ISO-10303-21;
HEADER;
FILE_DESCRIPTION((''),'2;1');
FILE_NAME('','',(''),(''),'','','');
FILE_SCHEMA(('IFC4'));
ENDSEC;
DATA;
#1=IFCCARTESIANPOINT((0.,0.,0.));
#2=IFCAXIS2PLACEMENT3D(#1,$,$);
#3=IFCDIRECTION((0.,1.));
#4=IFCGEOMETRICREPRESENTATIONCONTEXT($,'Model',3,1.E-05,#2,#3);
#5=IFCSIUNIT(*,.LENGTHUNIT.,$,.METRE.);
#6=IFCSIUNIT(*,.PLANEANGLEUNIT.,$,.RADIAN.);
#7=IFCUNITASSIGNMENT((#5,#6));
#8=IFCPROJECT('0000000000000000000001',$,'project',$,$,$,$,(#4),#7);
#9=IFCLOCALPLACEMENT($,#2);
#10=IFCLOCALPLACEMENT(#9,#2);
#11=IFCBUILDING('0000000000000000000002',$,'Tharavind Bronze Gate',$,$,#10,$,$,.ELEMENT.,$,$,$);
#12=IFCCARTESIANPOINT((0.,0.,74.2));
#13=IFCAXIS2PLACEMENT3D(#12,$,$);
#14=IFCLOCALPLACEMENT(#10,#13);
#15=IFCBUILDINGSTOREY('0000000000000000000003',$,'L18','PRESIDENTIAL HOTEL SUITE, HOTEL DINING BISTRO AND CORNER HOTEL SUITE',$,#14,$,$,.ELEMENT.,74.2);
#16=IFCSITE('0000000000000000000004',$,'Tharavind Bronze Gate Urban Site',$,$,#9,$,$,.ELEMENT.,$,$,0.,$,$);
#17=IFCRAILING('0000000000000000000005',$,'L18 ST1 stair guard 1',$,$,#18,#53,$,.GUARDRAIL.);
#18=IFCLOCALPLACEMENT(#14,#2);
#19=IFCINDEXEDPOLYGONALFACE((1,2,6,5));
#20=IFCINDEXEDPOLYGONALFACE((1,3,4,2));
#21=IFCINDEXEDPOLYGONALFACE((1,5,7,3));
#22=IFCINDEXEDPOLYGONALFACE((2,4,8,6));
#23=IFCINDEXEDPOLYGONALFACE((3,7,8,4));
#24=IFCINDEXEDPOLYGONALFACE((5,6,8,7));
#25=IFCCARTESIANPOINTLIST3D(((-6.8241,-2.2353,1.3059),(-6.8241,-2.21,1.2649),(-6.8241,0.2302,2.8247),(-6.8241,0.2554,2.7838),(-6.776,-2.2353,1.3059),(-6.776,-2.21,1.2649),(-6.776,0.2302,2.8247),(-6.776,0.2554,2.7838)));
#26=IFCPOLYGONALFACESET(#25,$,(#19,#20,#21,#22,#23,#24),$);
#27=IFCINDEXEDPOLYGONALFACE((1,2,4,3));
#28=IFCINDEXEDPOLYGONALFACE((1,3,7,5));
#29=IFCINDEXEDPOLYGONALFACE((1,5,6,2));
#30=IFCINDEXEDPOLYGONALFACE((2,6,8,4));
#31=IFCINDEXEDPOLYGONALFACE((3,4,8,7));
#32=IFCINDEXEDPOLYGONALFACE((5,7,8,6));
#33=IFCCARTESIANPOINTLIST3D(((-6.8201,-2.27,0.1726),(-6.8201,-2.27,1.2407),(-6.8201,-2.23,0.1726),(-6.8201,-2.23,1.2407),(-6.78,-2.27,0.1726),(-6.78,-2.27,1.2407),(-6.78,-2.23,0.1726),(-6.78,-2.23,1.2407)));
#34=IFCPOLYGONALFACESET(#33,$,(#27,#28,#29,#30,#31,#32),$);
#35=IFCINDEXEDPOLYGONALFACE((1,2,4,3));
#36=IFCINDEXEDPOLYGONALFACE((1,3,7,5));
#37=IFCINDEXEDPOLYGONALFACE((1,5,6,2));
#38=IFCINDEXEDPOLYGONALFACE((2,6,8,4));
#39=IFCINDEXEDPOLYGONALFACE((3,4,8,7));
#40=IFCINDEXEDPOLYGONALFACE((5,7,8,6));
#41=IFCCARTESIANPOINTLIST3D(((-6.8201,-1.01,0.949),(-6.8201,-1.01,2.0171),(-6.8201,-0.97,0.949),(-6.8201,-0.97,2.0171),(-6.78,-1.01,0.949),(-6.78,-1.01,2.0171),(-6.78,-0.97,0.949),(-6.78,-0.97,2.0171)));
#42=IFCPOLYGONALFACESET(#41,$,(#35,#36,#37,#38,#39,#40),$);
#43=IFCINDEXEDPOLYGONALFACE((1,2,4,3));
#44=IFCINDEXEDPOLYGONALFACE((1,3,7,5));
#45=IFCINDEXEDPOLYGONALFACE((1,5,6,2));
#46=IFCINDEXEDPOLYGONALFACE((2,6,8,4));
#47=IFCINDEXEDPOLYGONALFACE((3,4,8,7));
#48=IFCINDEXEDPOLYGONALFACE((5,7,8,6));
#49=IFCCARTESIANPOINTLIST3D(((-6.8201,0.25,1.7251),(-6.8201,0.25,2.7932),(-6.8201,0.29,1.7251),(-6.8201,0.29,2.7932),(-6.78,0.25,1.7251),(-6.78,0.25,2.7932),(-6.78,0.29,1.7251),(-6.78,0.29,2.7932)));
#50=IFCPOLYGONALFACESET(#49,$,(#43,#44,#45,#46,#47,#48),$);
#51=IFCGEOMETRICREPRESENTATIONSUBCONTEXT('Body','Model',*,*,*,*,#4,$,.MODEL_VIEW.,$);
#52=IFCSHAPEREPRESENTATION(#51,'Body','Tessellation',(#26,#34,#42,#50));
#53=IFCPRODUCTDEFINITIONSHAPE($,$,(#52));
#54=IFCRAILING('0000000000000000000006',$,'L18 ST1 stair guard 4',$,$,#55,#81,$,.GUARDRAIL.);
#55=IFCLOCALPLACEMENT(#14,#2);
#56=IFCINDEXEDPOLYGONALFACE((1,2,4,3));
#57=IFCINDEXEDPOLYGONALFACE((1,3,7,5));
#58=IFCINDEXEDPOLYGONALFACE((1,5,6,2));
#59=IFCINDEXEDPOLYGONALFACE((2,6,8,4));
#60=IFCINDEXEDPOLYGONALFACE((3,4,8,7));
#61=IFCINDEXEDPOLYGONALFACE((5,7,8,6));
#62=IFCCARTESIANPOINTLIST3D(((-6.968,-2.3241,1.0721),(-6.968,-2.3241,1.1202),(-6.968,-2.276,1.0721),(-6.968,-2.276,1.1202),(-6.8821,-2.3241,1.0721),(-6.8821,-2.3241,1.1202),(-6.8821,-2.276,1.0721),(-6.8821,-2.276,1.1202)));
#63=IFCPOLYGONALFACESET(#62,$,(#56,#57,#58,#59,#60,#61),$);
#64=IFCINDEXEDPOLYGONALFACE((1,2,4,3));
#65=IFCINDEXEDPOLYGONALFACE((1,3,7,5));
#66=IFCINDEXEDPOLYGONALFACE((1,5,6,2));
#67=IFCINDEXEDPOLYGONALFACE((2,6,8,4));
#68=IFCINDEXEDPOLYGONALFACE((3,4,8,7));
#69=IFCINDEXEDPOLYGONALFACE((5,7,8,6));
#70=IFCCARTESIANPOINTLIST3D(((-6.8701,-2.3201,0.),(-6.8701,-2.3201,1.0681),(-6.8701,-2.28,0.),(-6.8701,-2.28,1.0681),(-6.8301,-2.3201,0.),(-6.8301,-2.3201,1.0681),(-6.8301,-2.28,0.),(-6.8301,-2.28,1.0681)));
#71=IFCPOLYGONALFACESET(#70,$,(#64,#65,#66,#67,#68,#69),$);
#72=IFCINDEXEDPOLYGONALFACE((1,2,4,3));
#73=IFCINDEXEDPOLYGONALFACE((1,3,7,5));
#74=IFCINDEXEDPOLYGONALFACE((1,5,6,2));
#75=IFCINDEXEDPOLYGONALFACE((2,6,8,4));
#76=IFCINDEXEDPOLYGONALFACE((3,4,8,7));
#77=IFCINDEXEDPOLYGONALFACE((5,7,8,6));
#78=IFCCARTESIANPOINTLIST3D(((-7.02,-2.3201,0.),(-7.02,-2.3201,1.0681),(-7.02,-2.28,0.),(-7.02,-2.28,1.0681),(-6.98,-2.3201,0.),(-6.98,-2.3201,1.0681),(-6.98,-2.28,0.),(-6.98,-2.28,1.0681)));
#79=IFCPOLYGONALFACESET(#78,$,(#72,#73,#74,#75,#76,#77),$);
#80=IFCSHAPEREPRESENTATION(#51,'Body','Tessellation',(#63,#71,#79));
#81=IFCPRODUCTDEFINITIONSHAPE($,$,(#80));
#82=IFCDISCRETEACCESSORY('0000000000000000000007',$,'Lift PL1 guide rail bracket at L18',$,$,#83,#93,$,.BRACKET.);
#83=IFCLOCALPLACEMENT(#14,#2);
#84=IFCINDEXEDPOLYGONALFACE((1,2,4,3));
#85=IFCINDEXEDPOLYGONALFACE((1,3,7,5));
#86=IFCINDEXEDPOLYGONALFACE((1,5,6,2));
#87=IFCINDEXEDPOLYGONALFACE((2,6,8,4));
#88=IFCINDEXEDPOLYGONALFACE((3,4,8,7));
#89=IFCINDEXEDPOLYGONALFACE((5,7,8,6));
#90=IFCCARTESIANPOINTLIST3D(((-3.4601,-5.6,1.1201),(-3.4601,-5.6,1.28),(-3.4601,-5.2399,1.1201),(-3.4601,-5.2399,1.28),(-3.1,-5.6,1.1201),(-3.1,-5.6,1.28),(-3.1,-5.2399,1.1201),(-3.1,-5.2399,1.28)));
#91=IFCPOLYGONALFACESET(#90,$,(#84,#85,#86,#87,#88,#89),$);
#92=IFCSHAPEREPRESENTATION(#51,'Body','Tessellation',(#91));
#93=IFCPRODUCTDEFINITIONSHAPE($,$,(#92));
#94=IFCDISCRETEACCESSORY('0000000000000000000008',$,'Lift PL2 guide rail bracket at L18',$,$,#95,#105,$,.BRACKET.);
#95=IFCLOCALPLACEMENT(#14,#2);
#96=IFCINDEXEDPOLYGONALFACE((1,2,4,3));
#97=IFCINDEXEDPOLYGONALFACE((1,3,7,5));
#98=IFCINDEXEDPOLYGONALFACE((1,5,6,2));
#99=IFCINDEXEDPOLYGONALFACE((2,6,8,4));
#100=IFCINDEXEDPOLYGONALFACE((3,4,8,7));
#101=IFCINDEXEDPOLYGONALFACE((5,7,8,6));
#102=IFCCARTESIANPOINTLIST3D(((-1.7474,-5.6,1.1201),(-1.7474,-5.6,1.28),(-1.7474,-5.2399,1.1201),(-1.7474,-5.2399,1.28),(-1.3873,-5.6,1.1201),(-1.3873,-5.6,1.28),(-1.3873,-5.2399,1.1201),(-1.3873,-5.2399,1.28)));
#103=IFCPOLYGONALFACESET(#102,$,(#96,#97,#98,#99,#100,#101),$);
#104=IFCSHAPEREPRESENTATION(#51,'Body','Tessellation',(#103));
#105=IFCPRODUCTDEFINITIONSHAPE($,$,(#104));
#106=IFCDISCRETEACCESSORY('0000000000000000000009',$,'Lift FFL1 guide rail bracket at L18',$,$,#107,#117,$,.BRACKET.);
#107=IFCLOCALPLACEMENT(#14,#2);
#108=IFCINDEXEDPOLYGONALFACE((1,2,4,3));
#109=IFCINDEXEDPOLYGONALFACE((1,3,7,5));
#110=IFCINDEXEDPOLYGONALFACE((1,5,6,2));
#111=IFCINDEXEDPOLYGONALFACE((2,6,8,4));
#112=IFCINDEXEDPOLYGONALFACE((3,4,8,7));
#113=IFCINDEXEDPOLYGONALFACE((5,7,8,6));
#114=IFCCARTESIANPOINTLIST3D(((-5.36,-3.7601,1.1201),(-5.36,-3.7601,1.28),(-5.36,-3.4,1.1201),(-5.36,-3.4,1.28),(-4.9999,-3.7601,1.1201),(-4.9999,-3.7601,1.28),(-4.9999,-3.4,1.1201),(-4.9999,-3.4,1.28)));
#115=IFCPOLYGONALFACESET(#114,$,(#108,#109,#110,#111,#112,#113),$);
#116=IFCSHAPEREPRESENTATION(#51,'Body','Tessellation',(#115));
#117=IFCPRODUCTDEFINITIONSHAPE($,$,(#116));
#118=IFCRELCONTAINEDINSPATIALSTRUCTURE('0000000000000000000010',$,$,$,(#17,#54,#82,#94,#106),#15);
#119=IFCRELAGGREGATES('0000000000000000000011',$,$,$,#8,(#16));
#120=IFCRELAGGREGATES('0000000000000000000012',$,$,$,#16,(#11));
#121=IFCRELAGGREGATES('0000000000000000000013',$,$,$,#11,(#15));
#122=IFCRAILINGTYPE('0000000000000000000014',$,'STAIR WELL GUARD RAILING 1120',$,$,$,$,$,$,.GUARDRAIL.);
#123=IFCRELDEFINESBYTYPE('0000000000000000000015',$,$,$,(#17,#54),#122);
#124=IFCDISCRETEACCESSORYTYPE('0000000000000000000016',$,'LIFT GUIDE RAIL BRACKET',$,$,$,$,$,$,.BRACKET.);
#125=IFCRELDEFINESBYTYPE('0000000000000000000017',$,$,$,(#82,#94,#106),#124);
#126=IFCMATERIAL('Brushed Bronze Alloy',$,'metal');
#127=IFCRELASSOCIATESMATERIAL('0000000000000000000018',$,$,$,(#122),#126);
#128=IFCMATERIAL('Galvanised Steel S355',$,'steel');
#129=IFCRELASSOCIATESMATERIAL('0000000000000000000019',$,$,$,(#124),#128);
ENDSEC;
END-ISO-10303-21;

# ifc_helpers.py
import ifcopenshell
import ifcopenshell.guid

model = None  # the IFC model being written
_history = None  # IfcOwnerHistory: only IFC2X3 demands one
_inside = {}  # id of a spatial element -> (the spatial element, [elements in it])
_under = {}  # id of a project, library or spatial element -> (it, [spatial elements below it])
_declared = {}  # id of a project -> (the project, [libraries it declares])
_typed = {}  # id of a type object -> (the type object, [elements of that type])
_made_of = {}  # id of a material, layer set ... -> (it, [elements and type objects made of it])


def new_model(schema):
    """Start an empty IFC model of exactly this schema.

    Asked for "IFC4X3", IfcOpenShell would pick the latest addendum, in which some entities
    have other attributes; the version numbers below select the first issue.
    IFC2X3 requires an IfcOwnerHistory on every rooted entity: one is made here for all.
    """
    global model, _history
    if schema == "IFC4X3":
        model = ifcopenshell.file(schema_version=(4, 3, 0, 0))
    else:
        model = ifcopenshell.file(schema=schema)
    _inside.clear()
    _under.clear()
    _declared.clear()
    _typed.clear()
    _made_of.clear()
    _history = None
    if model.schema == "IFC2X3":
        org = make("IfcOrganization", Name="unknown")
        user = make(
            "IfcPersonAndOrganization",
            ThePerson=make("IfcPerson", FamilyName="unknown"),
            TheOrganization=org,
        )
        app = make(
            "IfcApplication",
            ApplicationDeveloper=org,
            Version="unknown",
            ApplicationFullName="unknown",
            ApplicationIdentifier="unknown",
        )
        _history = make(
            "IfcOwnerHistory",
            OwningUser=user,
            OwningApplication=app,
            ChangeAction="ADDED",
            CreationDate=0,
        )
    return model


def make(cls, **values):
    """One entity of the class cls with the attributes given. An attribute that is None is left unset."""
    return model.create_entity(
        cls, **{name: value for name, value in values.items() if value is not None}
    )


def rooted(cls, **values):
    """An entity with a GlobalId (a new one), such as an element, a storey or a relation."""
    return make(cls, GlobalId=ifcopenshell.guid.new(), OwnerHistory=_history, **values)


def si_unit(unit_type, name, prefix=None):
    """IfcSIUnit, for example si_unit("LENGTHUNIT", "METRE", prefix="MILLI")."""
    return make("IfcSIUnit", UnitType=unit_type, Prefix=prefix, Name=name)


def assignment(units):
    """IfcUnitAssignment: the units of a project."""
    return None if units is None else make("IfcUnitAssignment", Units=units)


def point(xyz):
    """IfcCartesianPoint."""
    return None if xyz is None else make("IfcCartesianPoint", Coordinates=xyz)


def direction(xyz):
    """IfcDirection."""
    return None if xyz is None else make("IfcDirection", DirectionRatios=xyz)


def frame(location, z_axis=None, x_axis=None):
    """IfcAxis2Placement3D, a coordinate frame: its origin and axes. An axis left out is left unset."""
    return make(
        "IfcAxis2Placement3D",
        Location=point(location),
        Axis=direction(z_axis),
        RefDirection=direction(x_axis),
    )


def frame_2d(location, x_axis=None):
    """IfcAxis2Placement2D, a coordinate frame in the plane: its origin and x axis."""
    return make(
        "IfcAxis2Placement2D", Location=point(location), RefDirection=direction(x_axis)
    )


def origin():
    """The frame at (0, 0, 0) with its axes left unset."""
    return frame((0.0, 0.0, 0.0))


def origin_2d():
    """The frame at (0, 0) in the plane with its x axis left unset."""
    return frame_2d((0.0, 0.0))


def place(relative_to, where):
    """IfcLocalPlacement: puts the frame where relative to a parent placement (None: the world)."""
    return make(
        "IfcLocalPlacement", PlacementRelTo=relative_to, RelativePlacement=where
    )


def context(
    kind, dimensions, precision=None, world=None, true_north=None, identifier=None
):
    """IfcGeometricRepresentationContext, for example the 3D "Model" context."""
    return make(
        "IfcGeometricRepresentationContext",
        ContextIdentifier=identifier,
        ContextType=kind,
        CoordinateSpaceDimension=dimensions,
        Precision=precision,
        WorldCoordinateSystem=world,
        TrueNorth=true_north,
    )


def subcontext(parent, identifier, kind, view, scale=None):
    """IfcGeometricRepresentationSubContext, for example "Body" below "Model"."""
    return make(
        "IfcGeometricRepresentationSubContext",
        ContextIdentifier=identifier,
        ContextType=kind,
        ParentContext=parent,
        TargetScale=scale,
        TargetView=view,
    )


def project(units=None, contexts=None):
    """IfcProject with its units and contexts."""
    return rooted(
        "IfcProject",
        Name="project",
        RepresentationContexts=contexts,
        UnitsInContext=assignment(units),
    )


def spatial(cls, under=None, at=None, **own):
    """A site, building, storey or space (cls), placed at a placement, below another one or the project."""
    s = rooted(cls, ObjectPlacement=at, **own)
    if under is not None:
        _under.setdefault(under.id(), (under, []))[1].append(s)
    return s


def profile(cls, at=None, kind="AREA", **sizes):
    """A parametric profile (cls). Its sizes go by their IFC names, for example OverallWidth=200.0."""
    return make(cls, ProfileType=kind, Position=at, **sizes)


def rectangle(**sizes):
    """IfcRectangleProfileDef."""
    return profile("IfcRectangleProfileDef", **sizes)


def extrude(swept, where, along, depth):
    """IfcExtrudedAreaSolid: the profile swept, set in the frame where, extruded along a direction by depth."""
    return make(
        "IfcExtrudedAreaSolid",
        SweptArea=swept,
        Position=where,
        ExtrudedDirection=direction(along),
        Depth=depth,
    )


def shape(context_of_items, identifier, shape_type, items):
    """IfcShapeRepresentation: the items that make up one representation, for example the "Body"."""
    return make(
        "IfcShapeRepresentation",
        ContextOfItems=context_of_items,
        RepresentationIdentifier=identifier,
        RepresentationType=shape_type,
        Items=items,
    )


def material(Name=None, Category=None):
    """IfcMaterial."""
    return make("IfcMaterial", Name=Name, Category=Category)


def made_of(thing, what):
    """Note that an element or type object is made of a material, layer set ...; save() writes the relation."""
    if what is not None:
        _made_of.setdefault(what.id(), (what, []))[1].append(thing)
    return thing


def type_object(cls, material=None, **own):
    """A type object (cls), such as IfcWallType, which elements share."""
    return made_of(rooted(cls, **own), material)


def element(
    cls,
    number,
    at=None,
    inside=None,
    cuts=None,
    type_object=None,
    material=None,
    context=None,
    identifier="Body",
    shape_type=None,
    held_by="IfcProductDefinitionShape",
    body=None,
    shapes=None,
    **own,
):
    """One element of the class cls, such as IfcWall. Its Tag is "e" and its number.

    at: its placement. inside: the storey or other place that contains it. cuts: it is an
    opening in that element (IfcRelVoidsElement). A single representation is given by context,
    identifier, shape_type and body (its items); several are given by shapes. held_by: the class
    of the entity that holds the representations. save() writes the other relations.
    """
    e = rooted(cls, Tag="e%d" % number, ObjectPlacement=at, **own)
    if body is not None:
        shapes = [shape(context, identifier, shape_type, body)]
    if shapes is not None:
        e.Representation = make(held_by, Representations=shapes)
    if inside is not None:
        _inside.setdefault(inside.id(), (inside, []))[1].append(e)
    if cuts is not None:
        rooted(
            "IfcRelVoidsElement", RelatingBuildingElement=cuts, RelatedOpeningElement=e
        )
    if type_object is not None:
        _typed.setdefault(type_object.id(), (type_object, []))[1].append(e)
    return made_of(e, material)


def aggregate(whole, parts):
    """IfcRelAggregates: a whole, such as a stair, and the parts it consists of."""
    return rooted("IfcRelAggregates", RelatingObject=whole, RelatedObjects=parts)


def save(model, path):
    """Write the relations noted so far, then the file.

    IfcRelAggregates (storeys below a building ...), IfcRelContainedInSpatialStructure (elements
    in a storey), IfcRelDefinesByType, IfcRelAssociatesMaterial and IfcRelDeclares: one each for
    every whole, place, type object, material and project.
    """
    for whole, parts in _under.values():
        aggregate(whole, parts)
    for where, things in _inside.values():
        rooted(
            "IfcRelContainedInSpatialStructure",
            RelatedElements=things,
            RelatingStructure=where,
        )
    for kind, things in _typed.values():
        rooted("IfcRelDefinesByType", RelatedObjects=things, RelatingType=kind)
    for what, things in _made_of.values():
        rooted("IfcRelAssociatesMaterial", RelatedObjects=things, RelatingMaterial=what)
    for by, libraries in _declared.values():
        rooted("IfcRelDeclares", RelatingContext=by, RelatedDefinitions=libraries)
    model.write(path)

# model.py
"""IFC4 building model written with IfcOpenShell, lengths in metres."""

from ifc_helpers import new_model, si_unit, direction, frame, origin, origin_2d, place, context, subcontext, project, spatial, rectangle, extrude, material, type_object, element, save


model = new_model("IFC4")

# Units and contexts
model_context = context("Model", 3, precision=1e-05, world=origin(), true_north=direction((0.0, 1.0)))
body_context = subcontext(model_context, "Body", "Model", "MODEL_VIEW")
ifc_project = project(units=[si_unit("LENGTHUNIT", "METRE"), si_unit("PLANEANGLEUNIT", "RADIAN")], contexts=[model_context])

# Site, building, storey
site_placement = place(None, origin())
site = spatial("IfcSite", under=ifc_project, at=site_placement, Name="Tharavind Bronze Gate Urban Site", CompositionType="ELEMENT", RefElevation=0.0)
building_placement = place(site_placement, origin())
building = spatial("IfcBuilding", under=site, at=building_placement, Name="Tharavind Bronze Gate", CompositionType="ELEMENT")
storey_placement = place(building_placement, frame((0.0, 0.0, 74.2)))
storey = spatial("IfcBuildingStorey", under=building, at=storey_placement, Name="L18", Description="PRESIDENTIAL HOTEL SUITE, HOTEL DINING BISTRO AND CORNER HOTEL SUITE", CompositionType="ELEMENT", Elevation=74.2)

# Railings
ifc_material_1 = material(Name="Brushed Bronze Alloy", Category="metal")
railing_type = type_object("IfcRailingType", Name="STAIR WELL GUARD RAILING 1120", PredefinedType="GUARDRAIL", material=ifc_material_1)
railing_1_placement = place(storey_placement, frame((-6.8, -2.25, 0.1726)))
element("IfcRailing", 1, at=railing_1_placement, inside=storey, type_object=railing_type, Name="L18 ST1 stair guard 1", PredefinedType="GUARDRAIL", context=body_context, shape_type="SweptSolid", body=[
    extrude(rectangle(XDim=0.0481, YDim=0.0481, at=origin_2d()), frame((0.0, 0.0273, 1.1128), z_axis=(0.0, 0.8514, 0.524516), x_axis=(-1.0, 0.0, 0.0)), (0.0, 0.0, 1.0), 2.8958),
    extrude(rectangle(XDim=0.04, YDim=0.04, at=origin_2d()), origin(), (0.0, 0.0, 1.0), 1.0681),
    extrude(rectangle(XDim=0.04, YDim=0.04, at=origin_2d()), frame((0.0, 1.26, 0.7764)), (0.0, 0.0, 1.0), 1.0681),
    extrude(rectangle(XDim=0.04, YDim=0.04, at=origin_2d()), frame((0.0, 2.52, 1.5525)), (0.0, 0.0, 1.0), 1.0681),
])
railing_2_placement = place(storey_placement, frame((-6.8501, -2.3, 0.0)))
element("IfcRailing", 2, at=railing_2_placement, inside=storey, type_object=railing_type, Name="L18 ST1 stair guard 4", PredefinedType="GUARDRAIL", context=body_context, shape_type="SweptSolid", body=[
    extrude(rectangle(XDim=0.0481, YDim=0.0481, at=origin_2d()), frame((-0.032, 0.0, 1.0962), z_axis=(-1.0, 0.0, 0.0), x_axis=(0.0, -1.0, 0.0)), (0.0, 0.0, 1.0), 0.0859),
    extrude(rectangle(XDim=0.04, YDim=0.04, at=origin_2d()), origin(), (0.0, 0.0, 1.0), 1.0681),
    extrude(rectangle(XDim=0.04, YDim=0.04, at=origin_2d()), frame((-0.1499, 0.0, 0.0)), (0.0, 0.0, 1.0), 1.0681),
])

# Discrete accessories
ifc_material_2 = material(Name="Galvanised Steel S355", Category="steel")
discrete_accessory_type = type_object("IfcDiscreteAccessoryType", Name="LIFT GUIDE RAIL BRACKET", PredefinedType="BRACKET", material=ifc_material_2)
for number, where, z_axis, x_axis, name in (
    (3, (-3.28, -5.4199, 1.1201), (0.0, 0.0, 1.0), (1.0, 0.0, 0.0), "Lift PL1 guide rail bracket at L18"),
    (4, (-1.5674, -5.4199, 1.1201), (0.0, 0.0, 1.0), (1.0, 0.0, 0.0), "Lift PL2 guide rail bracket at L18"),
    (5, (-5.1799, -3.5801, 1.1201), (0.0, 0.0, 1.0), (1.0, 0.0, 0.0), "Lift FFL1 guide rail bracket at L18"),
):
    element("IfcDiscreteAccessory", number, at=place(storey_placement, frame(where, z_axis=z_axis, x_axis=x_axis)), inside=storey, type_object=discrete_accessory_type, Name=name, PredefinedType="BRACKET", context=body_context, shape_type="SweptSolid", body=[
        extrude(rectangle(XDim=0.3601, YDim=0.3601, at=origin_2d()), origin(), (0.0, 0.0, 1.0), 0.1599),
    ])

save(model, "model.ifc")
